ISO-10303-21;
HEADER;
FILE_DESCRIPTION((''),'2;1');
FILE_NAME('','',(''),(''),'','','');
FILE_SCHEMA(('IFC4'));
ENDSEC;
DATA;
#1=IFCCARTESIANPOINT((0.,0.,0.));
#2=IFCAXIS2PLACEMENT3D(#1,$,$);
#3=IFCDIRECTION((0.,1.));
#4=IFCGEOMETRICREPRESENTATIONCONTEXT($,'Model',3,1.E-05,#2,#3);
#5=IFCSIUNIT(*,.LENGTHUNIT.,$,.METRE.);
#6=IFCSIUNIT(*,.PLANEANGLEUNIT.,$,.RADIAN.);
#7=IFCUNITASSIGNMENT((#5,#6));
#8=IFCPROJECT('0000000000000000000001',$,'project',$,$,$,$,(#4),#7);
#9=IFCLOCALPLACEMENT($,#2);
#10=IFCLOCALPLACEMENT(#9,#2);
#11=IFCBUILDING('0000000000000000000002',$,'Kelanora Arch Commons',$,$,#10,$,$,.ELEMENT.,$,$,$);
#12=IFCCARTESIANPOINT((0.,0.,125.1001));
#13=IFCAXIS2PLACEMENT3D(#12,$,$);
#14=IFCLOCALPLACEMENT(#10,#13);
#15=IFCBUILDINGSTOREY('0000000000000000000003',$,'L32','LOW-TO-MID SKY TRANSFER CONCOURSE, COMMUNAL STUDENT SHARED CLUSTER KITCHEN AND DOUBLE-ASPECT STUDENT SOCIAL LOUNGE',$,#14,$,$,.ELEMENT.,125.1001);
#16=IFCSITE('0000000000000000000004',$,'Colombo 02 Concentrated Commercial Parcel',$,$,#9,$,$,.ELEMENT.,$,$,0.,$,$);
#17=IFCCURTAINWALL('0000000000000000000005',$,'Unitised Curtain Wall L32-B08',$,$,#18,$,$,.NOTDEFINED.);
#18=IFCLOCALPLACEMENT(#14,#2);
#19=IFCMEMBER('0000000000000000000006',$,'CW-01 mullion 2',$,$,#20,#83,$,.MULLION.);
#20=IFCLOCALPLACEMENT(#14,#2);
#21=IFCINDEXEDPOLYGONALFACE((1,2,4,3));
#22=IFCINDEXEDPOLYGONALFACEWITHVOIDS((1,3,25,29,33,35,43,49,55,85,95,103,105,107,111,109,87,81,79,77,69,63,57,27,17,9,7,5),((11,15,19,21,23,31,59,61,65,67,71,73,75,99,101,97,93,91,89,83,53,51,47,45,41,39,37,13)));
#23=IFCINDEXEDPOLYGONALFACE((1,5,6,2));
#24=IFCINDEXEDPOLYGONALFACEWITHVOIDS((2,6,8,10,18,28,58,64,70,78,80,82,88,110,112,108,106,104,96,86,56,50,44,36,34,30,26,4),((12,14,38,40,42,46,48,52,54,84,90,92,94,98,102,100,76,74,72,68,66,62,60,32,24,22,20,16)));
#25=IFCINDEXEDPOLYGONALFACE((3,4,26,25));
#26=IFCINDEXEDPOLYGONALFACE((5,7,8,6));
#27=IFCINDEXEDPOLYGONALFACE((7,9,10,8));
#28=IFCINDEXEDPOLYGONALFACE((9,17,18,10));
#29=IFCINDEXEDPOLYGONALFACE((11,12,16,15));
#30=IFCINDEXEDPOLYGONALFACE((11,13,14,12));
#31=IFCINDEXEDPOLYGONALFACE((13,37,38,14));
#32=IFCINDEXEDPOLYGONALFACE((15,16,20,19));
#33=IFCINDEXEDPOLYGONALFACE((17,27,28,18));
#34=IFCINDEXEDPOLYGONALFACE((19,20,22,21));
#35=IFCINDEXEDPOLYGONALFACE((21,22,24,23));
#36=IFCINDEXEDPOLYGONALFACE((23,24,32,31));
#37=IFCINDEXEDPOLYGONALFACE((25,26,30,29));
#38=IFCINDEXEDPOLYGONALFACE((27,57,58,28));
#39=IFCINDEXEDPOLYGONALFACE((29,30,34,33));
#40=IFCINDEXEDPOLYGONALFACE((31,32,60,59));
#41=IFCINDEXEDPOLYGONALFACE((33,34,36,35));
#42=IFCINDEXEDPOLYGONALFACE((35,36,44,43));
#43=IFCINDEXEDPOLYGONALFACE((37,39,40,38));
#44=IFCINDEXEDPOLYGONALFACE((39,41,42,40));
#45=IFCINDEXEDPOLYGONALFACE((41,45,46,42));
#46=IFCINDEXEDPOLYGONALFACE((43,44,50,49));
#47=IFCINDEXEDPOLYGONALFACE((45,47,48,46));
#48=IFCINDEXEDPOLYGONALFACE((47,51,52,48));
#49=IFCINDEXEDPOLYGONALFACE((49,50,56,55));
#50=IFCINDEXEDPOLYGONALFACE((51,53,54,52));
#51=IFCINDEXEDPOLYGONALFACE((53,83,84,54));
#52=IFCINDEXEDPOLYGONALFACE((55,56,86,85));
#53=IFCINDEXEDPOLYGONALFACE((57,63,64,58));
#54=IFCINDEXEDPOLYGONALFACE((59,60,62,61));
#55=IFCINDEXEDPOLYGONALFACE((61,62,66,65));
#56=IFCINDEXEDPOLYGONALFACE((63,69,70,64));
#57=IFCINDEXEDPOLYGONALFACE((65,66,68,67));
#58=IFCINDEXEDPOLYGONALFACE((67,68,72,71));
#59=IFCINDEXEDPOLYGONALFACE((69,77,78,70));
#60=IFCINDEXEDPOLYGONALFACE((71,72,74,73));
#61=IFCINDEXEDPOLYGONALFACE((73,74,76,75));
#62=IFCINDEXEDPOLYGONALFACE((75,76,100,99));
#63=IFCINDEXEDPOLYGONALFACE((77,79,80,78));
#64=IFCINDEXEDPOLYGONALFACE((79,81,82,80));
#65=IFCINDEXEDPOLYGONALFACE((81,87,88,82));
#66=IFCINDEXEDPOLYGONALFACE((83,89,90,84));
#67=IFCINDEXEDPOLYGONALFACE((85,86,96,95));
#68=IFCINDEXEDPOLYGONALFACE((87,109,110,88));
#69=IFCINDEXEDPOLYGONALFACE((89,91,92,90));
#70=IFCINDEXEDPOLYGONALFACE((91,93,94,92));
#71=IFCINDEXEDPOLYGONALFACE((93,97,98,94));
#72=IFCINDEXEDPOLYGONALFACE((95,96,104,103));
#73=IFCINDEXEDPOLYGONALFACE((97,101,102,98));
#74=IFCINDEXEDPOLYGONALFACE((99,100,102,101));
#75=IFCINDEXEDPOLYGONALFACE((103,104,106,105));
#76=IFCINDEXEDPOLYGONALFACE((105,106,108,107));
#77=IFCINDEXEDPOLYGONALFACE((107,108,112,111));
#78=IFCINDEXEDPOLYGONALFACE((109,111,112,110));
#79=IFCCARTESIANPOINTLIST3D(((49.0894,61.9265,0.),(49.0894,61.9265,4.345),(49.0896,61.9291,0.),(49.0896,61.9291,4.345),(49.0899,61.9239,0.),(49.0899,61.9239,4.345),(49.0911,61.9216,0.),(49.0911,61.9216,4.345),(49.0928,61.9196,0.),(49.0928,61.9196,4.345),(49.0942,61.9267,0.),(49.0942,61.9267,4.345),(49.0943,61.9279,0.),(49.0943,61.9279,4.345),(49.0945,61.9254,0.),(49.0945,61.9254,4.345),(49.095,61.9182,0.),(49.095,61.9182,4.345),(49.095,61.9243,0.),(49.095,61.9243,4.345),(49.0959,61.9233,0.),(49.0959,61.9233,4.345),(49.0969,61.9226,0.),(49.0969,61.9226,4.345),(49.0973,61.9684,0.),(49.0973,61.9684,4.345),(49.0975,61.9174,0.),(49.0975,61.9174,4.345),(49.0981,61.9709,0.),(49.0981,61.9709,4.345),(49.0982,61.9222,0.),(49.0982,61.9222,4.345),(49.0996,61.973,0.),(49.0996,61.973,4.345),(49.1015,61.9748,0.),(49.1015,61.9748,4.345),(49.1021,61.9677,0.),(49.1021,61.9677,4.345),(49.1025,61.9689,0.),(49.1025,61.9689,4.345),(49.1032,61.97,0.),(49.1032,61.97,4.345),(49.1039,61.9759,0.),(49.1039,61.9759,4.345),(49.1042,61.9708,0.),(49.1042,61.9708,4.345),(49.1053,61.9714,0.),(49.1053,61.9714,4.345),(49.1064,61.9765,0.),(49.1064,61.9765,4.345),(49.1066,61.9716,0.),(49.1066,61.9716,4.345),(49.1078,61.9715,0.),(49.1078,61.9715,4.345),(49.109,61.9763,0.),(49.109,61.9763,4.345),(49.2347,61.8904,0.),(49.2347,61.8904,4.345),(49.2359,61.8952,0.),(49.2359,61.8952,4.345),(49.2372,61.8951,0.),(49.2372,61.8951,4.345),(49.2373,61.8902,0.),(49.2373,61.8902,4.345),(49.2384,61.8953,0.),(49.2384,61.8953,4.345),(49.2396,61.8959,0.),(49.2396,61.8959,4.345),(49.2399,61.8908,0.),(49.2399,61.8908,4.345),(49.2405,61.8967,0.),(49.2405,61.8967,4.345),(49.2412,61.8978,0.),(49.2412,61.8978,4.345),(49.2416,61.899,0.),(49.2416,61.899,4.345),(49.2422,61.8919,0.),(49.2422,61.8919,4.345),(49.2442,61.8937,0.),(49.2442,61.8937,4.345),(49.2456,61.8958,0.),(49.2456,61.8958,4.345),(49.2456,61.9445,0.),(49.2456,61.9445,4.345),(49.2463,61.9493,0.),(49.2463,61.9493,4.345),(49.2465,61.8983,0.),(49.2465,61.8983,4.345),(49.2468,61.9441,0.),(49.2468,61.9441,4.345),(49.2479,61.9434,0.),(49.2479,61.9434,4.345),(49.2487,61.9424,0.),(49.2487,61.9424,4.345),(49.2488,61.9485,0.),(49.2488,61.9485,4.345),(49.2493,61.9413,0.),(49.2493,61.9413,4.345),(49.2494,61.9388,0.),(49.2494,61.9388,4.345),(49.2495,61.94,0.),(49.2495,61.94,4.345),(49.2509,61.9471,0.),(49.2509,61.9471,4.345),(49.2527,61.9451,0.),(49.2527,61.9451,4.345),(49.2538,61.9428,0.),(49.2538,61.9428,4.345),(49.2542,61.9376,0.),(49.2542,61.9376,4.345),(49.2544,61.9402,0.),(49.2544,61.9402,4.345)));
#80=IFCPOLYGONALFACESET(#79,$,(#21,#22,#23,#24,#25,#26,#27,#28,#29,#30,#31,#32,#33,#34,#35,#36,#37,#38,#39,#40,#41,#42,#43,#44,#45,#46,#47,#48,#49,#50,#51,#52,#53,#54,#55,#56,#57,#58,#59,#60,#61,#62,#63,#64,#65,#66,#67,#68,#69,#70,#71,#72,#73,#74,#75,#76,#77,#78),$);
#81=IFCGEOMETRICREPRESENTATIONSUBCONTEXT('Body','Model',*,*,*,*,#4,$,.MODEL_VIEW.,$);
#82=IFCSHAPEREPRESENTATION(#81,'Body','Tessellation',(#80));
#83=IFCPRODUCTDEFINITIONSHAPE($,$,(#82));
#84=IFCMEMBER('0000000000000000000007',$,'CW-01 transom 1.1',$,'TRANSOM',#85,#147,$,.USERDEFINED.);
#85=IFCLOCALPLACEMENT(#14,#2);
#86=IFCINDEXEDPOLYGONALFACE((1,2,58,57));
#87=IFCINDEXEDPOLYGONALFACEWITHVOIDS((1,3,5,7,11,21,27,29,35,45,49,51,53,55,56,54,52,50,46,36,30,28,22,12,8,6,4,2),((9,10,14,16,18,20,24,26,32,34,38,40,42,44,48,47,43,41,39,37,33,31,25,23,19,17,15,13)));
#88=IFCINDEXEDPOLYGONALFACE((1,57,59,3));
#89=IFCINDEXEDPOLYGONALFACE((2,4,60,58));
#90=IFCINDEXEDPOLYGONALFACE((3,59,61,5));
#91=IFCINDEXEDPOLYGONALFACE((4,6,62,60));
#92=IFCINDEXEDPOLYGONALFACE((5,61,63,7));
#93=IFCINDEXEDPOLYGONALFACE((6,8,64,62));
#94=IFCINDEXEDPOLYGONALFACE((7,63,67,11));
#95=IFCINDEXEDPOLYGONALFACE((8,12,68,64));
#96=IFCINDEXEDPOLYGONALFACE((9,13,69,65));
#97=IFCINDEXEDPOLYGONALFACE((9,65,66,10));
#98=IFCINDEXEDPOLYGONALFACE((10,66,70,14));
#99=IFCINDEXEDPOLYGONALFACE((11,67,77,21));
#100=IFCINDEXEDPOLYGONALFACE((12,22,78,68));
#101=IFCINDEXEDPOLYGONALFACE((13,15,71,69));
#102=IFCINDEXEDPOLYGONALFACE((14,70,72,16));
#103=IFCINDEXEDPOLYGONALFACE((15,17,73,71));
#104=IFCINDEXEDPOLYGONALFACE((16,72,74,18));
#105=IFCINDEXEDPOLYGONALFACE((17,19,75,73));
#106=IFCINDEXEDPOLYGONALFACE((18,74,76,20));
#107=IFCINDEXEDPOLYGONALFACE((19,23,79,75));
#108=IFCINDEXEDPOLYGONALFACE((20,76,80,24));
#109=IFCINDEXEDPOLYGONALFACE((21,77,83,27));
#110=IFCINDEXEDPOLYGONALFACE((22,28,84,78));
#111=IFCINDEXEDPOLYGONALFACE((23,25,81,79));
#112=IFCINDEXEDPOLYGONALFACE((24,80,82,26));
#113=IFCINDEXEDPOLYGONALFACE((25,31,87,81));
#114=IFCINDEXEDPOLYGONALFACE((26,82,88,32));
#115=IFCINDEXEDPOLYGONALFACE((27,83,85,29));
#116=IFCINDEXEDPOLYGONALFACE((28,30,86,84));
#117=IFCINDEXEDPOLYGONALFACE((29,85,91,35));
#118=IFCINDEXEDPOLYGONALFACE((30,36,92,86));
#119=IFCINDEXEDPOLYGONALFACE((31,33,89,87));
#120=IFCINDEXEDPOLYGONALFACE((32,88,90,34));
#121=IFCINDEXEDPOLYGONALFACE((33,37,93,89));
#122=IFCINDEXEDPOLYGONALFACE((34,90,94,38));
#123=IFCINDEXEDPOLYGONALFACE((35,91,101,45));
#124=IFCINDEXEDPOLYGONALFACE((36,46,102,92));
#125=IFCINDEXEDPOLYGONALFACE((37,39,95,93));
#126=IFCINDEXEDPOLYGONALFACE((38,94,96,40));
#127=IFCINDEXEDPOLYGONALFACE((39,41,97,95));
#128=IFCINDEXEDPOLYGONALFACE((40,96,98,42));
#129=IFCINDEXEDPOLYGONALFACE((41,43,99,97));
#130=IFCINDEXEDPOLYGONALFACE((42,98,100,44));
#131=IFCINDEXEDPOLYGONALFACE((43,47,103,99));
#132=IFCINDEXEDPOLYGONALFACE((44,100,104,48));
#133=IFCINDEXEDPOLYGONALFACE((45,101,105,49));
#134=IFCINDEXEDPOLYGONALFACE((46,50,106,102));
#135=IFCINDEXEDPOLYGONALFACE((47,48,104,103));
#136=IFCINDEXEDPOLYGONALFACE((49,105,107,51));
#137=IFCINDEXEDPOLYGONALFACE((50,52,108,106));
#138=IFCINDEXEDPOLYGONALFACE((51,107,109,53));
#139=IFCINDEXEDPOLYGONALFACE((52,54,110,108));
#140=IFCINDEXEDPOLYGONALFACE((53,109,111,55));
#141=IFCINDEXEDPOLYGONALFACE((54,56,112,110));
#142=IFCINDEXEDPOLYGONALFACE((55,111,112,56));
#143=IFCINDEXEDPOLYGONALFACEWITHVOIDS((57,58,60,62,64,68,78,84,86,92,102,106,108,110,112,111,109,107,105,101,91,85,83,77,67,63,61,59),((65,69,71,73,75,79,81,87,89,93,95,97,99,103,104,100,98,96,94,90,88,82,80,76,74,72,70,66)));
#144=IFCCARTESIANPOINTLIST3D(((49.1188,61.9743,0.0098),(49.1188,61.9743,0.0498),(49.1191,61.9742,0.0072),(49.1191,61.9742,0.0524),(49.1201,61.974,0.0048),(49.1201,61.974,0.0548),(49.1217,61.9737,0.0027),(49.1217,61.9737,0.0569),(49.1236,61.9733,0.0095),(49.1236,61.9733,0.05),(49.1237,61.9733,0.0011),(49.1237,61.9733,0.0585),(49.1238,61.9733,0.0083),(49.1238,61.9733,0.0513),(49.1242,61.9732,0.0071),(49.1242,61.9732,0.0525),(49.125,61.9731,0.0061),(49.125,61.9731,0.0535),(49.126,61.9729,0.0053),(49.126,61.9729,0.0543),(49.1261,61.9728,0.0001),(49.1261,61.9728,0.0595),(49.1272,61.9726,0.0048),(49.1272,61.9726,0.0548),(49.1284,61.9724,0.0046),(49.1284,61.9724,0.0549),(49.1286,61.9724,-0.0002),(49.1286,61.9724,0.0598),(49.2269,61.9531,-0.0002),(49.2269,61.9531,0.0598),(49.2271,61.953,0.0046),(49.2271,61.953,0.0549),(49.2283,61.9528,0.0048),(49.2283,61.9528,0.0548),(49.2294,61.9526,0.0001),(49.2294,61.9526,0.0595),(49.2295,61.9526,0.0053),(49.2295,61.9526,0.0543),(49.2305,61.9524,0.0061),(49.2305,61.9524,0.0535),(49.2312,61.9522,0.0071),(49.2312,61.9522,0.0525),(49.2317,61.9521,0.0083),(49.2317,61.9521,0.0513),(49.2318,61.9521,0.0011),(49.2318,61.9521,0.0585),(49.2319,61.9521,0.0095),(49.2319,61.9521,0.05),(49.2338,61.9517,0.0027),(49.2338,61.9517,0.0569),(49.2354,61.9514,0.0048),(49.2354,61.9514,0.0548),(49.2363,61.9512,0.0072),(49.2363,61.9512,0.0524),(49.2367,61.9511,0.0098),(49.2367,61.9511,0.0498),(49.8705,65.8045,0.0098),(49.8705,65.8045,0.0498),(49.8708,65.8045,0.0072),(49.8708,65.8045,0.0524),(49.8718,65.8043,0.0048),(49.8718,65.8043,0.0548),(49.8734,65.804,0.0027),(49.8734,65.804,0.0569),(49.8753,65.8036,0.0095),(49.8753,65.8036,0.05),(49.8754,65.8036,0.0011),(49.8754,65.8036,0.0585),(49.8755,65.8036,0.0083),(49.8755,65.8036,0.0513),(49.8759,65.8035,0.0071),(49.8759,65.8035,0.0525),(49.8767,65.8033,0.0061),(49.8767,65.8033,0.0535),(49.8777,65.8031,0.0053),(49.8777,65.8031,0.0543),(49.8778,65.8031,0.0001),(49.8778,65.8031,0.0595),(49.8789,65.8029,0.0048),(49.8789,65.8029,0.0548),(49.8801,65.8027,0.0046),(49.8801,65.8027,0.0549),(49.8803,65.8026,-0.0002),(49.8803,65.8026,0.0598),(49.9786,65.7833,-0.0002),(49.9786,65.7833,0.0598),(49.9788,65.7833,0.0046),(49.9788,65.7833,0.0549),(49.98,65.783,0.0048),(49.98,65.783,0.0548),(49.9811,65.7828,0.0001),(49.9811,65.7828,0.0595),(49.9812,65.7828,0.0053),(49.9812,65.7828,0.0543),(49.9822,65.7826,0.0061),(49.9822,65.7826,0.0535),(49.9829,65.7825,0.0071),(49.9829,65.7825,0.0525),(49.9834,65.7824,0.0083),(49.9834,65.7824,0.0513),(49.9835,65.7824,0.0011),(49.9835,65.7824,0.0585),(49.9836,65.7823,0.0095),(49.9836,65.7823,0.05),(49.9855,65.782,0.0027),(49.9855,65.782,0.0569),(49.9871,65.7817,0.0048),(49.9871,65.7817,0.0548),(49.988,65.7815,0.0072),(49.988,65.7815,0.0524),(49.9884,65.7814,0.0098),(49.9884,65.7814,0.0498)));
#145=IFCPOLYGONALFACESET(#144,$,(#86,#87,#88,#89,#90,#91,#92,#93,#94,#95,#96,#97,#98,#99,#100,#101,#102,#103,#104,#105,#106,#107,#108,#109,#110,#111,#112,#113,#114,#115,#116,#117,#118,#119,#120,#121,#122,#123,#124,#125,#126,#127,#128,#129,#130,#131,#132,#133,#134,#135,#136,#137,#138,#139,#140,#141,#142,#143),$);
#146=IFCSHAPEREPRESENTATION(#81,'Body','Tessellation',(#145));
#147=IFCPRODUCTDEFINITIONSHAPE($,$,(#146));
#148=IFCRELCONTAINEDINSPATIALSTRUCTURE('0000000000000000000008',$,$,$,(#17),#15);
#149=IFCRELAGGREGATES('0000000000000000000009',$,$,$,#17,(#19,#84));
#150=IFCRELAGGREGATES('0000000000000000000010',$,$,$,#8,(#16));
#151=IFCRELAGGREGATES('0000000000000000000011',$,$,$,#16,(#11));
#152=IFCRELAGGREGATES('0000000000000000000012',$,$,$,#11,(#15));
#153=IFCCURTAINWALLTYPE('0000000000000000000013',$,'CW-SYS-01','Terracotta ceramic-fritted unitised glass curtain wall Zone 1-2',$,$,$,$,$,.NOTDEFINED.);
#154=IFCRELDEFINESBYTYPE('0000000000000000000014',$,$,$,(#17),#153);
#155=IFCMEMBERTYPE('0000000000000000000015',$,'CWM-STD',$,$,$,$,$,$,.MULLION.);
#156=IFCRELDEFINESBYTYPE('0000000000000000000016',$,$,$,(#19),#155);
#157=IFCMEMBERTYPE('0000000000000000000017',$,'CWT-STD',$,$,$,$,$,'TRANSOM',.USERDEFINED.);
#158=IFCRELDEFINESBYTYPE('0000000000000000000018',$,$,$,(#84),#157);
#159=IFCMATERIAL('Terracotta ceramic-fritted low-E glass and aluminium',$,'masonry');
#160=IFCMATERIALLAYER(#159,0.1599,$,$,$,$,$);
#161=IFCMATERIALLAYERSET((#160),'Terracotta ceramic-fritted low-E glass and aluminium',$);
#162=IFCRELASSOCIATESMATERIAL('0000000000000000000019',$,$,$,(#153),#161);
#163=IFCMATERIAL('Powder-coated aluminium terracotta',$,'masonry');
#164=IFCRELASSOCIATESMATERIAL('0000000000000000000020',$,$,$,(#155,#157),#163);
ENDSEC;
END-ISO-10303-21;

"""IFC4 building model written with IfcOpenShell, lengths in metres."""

from ifc_helpers import new_model, si_unit, direction, frame, origin, origin_2d, place, context, subcontext, project, spatial, hollow_rectangle, extrude, material, layer, layer_set, material_profile, profile_set, type_object, element, aggregate, save


model = new_model("IFC4")

# Units and contexts
model_context = context("Model", 3, precision=1e-05, world=origin(), true_north=direction((0.0, 1.0)))
body_context = subcontext(model_context, "Body", "Model", "MODEL_VIEW")
ifc_project = project(units=[si_unit("LENGTHUNIT", "METRE"), si_unit("PLANEANGLEUNIT", "RADIAN")], contexts=[model_context])

# Site, building, storey
site_placement = place(None, origin())
site = spatial("IfcSite", under=ifc_project, at=site_placement, Name="Colombo 02 Concentrated Commercial Parcel", CompositionType="ELEMENT", RefElevation=0.0)
building_placement = place(site_placement, origin())
building = spatial("IfcBuilding", under=site, at=building_placement, Name="Kelanora Arch Commons", CompositionType="ELEMENT")
storey_placement = place(building_placement, frame((0.0, 0.0, 125.1001)))
storey = spatial("IfcBuildingStorey", under=building, at=storey_placement, Name="L32", Description="LOW-TO-MID SKY TRANSFER CONCOURSE, COMMUNAL STUDENT SHARED CLUSTER KITCHEN AND DOUBLE-ASPECT STUDENT SOCIAL LOUNGE", CompositionType="ELEMENT", Elevation=125.1001)

# Curtain wall, members
ifc_material_1 = material(Name="Terracotta ceramic-fritted low-E glass and aluminium", Category="masonry")
ifc_layer_1 = layer(ifc_material_1, 0.1599)
ifc_layer_set_1 = layer_set([ifc_layer_1], Name="Terracotta ceramic-fritted low-E glass and aluminium")
curtain_wall_type = type_object("IfcCurtainWallType", Name="CW-SYS-01", Description="Terracotta ceramic-fritted unitised glass curtain wall Zone 1-2", PredefinedType="NOTDEFINED", material=ifc_layer_set_1)
curtain_wall_placement = place(storey_placement, origin())
curtain_wall = element("IfcCurtainWall", 1, at=curtain_wall_placement, inside=storey, type_object=curtain_wall_type, Name="Unitised Curtain Wall L32-B08", PredefinedType="NOTDEFINED")
ifc_material_2 = material(Name="Powder-coated aluminium terracotta", Category="masonry")
ifc_material_profile_1 = material_profile(ifc_material_2, hollow_rectangle(XDim=0.1599, YDim=0.0601, WallThickness=0.0049, InnerFilletRadius=0.0049, OuterFilletRadius=0.01, at=origin_2d()), Name="CWM160x60")
ifc_profile_set_1 = profile_set([ifc_material_profile_1], Name="Powder-coated aluminium terracotta")
member_type_1 = type_object("IfcMemberType", Name="CWM-STD", PredefinedType="MULLION", material=ifc_profile_set_1)
member_1_placement = place(storey_placement, frame((49.1719, 61.9333, 0.0), z_axis=(0.0, 0.0, 1.0), x_axis=(0.98128, -0.192585, 0.0)))
member_1 = element("IfcMember", 2, at=member_1_placement, type_object=member_type_1, Name="CW-01 mullion 2", PredefinedType="MULLION", context=body_context, shape_type="SweptSolid", body=[
    extrude(hollow_rectangle(XDim=0.1599, YDim=0.0601, WallThickness=0.0049, InnerFilletRadius=0.0049, OuterFilletRadius=0.01, at=origin_2d()), origin(), (0.0, 0.0, 1.0), 4.345),
])
ifc_material_profile_2 = material_profile(ifc_material_2, hollow_rectangle(XDim=0.1201, YDim=0.0601, WallThickness=0.0049, InnerFilletRadius=0.0049, OuterFilletRadius=0.01, at=origin_2d()), Name="CWT120x60")
ifc_profile_set_2 = profile_set([ifc_material_profile_2], Name="Powder-coated aluminium terracotta")
member_type_2 = type_object("IfcMemberType", Name="CWT-STD", ElementType="TRANSOM", PredefinedType="USERDEFINED", material=ifc_profile_set_2)
member_2_placement = place(storey_placement, frame((49.9294, 65.793, 0.0298), z_axis=(-0.192579, -0.981282, 0.0), x_axis=(0.981282, -0.192579, 0.0)))
member_2 = element("IfcMember", 3, at=member_2_placement, type_object=member_type_2, Name="CW-01 transom 1.1", ObjectType="TRANSOM", PredefinedType="USERDEFINED", context=body_context, shape_type="SweptSolid", body=[
    extrude(hollow_rectangle(XDim=0.1201, YDim=0.0601, WallThickness=0.0049, InnerFilletRadius=0.0049, OuterFilletRadius=0.01, at=origin_2d()), origin(), (0.0, 0.0, 1.0), 3.9033),
])
aggregate(curtain_wall, [member_1, member_2])

save(model, "model.ifc")
